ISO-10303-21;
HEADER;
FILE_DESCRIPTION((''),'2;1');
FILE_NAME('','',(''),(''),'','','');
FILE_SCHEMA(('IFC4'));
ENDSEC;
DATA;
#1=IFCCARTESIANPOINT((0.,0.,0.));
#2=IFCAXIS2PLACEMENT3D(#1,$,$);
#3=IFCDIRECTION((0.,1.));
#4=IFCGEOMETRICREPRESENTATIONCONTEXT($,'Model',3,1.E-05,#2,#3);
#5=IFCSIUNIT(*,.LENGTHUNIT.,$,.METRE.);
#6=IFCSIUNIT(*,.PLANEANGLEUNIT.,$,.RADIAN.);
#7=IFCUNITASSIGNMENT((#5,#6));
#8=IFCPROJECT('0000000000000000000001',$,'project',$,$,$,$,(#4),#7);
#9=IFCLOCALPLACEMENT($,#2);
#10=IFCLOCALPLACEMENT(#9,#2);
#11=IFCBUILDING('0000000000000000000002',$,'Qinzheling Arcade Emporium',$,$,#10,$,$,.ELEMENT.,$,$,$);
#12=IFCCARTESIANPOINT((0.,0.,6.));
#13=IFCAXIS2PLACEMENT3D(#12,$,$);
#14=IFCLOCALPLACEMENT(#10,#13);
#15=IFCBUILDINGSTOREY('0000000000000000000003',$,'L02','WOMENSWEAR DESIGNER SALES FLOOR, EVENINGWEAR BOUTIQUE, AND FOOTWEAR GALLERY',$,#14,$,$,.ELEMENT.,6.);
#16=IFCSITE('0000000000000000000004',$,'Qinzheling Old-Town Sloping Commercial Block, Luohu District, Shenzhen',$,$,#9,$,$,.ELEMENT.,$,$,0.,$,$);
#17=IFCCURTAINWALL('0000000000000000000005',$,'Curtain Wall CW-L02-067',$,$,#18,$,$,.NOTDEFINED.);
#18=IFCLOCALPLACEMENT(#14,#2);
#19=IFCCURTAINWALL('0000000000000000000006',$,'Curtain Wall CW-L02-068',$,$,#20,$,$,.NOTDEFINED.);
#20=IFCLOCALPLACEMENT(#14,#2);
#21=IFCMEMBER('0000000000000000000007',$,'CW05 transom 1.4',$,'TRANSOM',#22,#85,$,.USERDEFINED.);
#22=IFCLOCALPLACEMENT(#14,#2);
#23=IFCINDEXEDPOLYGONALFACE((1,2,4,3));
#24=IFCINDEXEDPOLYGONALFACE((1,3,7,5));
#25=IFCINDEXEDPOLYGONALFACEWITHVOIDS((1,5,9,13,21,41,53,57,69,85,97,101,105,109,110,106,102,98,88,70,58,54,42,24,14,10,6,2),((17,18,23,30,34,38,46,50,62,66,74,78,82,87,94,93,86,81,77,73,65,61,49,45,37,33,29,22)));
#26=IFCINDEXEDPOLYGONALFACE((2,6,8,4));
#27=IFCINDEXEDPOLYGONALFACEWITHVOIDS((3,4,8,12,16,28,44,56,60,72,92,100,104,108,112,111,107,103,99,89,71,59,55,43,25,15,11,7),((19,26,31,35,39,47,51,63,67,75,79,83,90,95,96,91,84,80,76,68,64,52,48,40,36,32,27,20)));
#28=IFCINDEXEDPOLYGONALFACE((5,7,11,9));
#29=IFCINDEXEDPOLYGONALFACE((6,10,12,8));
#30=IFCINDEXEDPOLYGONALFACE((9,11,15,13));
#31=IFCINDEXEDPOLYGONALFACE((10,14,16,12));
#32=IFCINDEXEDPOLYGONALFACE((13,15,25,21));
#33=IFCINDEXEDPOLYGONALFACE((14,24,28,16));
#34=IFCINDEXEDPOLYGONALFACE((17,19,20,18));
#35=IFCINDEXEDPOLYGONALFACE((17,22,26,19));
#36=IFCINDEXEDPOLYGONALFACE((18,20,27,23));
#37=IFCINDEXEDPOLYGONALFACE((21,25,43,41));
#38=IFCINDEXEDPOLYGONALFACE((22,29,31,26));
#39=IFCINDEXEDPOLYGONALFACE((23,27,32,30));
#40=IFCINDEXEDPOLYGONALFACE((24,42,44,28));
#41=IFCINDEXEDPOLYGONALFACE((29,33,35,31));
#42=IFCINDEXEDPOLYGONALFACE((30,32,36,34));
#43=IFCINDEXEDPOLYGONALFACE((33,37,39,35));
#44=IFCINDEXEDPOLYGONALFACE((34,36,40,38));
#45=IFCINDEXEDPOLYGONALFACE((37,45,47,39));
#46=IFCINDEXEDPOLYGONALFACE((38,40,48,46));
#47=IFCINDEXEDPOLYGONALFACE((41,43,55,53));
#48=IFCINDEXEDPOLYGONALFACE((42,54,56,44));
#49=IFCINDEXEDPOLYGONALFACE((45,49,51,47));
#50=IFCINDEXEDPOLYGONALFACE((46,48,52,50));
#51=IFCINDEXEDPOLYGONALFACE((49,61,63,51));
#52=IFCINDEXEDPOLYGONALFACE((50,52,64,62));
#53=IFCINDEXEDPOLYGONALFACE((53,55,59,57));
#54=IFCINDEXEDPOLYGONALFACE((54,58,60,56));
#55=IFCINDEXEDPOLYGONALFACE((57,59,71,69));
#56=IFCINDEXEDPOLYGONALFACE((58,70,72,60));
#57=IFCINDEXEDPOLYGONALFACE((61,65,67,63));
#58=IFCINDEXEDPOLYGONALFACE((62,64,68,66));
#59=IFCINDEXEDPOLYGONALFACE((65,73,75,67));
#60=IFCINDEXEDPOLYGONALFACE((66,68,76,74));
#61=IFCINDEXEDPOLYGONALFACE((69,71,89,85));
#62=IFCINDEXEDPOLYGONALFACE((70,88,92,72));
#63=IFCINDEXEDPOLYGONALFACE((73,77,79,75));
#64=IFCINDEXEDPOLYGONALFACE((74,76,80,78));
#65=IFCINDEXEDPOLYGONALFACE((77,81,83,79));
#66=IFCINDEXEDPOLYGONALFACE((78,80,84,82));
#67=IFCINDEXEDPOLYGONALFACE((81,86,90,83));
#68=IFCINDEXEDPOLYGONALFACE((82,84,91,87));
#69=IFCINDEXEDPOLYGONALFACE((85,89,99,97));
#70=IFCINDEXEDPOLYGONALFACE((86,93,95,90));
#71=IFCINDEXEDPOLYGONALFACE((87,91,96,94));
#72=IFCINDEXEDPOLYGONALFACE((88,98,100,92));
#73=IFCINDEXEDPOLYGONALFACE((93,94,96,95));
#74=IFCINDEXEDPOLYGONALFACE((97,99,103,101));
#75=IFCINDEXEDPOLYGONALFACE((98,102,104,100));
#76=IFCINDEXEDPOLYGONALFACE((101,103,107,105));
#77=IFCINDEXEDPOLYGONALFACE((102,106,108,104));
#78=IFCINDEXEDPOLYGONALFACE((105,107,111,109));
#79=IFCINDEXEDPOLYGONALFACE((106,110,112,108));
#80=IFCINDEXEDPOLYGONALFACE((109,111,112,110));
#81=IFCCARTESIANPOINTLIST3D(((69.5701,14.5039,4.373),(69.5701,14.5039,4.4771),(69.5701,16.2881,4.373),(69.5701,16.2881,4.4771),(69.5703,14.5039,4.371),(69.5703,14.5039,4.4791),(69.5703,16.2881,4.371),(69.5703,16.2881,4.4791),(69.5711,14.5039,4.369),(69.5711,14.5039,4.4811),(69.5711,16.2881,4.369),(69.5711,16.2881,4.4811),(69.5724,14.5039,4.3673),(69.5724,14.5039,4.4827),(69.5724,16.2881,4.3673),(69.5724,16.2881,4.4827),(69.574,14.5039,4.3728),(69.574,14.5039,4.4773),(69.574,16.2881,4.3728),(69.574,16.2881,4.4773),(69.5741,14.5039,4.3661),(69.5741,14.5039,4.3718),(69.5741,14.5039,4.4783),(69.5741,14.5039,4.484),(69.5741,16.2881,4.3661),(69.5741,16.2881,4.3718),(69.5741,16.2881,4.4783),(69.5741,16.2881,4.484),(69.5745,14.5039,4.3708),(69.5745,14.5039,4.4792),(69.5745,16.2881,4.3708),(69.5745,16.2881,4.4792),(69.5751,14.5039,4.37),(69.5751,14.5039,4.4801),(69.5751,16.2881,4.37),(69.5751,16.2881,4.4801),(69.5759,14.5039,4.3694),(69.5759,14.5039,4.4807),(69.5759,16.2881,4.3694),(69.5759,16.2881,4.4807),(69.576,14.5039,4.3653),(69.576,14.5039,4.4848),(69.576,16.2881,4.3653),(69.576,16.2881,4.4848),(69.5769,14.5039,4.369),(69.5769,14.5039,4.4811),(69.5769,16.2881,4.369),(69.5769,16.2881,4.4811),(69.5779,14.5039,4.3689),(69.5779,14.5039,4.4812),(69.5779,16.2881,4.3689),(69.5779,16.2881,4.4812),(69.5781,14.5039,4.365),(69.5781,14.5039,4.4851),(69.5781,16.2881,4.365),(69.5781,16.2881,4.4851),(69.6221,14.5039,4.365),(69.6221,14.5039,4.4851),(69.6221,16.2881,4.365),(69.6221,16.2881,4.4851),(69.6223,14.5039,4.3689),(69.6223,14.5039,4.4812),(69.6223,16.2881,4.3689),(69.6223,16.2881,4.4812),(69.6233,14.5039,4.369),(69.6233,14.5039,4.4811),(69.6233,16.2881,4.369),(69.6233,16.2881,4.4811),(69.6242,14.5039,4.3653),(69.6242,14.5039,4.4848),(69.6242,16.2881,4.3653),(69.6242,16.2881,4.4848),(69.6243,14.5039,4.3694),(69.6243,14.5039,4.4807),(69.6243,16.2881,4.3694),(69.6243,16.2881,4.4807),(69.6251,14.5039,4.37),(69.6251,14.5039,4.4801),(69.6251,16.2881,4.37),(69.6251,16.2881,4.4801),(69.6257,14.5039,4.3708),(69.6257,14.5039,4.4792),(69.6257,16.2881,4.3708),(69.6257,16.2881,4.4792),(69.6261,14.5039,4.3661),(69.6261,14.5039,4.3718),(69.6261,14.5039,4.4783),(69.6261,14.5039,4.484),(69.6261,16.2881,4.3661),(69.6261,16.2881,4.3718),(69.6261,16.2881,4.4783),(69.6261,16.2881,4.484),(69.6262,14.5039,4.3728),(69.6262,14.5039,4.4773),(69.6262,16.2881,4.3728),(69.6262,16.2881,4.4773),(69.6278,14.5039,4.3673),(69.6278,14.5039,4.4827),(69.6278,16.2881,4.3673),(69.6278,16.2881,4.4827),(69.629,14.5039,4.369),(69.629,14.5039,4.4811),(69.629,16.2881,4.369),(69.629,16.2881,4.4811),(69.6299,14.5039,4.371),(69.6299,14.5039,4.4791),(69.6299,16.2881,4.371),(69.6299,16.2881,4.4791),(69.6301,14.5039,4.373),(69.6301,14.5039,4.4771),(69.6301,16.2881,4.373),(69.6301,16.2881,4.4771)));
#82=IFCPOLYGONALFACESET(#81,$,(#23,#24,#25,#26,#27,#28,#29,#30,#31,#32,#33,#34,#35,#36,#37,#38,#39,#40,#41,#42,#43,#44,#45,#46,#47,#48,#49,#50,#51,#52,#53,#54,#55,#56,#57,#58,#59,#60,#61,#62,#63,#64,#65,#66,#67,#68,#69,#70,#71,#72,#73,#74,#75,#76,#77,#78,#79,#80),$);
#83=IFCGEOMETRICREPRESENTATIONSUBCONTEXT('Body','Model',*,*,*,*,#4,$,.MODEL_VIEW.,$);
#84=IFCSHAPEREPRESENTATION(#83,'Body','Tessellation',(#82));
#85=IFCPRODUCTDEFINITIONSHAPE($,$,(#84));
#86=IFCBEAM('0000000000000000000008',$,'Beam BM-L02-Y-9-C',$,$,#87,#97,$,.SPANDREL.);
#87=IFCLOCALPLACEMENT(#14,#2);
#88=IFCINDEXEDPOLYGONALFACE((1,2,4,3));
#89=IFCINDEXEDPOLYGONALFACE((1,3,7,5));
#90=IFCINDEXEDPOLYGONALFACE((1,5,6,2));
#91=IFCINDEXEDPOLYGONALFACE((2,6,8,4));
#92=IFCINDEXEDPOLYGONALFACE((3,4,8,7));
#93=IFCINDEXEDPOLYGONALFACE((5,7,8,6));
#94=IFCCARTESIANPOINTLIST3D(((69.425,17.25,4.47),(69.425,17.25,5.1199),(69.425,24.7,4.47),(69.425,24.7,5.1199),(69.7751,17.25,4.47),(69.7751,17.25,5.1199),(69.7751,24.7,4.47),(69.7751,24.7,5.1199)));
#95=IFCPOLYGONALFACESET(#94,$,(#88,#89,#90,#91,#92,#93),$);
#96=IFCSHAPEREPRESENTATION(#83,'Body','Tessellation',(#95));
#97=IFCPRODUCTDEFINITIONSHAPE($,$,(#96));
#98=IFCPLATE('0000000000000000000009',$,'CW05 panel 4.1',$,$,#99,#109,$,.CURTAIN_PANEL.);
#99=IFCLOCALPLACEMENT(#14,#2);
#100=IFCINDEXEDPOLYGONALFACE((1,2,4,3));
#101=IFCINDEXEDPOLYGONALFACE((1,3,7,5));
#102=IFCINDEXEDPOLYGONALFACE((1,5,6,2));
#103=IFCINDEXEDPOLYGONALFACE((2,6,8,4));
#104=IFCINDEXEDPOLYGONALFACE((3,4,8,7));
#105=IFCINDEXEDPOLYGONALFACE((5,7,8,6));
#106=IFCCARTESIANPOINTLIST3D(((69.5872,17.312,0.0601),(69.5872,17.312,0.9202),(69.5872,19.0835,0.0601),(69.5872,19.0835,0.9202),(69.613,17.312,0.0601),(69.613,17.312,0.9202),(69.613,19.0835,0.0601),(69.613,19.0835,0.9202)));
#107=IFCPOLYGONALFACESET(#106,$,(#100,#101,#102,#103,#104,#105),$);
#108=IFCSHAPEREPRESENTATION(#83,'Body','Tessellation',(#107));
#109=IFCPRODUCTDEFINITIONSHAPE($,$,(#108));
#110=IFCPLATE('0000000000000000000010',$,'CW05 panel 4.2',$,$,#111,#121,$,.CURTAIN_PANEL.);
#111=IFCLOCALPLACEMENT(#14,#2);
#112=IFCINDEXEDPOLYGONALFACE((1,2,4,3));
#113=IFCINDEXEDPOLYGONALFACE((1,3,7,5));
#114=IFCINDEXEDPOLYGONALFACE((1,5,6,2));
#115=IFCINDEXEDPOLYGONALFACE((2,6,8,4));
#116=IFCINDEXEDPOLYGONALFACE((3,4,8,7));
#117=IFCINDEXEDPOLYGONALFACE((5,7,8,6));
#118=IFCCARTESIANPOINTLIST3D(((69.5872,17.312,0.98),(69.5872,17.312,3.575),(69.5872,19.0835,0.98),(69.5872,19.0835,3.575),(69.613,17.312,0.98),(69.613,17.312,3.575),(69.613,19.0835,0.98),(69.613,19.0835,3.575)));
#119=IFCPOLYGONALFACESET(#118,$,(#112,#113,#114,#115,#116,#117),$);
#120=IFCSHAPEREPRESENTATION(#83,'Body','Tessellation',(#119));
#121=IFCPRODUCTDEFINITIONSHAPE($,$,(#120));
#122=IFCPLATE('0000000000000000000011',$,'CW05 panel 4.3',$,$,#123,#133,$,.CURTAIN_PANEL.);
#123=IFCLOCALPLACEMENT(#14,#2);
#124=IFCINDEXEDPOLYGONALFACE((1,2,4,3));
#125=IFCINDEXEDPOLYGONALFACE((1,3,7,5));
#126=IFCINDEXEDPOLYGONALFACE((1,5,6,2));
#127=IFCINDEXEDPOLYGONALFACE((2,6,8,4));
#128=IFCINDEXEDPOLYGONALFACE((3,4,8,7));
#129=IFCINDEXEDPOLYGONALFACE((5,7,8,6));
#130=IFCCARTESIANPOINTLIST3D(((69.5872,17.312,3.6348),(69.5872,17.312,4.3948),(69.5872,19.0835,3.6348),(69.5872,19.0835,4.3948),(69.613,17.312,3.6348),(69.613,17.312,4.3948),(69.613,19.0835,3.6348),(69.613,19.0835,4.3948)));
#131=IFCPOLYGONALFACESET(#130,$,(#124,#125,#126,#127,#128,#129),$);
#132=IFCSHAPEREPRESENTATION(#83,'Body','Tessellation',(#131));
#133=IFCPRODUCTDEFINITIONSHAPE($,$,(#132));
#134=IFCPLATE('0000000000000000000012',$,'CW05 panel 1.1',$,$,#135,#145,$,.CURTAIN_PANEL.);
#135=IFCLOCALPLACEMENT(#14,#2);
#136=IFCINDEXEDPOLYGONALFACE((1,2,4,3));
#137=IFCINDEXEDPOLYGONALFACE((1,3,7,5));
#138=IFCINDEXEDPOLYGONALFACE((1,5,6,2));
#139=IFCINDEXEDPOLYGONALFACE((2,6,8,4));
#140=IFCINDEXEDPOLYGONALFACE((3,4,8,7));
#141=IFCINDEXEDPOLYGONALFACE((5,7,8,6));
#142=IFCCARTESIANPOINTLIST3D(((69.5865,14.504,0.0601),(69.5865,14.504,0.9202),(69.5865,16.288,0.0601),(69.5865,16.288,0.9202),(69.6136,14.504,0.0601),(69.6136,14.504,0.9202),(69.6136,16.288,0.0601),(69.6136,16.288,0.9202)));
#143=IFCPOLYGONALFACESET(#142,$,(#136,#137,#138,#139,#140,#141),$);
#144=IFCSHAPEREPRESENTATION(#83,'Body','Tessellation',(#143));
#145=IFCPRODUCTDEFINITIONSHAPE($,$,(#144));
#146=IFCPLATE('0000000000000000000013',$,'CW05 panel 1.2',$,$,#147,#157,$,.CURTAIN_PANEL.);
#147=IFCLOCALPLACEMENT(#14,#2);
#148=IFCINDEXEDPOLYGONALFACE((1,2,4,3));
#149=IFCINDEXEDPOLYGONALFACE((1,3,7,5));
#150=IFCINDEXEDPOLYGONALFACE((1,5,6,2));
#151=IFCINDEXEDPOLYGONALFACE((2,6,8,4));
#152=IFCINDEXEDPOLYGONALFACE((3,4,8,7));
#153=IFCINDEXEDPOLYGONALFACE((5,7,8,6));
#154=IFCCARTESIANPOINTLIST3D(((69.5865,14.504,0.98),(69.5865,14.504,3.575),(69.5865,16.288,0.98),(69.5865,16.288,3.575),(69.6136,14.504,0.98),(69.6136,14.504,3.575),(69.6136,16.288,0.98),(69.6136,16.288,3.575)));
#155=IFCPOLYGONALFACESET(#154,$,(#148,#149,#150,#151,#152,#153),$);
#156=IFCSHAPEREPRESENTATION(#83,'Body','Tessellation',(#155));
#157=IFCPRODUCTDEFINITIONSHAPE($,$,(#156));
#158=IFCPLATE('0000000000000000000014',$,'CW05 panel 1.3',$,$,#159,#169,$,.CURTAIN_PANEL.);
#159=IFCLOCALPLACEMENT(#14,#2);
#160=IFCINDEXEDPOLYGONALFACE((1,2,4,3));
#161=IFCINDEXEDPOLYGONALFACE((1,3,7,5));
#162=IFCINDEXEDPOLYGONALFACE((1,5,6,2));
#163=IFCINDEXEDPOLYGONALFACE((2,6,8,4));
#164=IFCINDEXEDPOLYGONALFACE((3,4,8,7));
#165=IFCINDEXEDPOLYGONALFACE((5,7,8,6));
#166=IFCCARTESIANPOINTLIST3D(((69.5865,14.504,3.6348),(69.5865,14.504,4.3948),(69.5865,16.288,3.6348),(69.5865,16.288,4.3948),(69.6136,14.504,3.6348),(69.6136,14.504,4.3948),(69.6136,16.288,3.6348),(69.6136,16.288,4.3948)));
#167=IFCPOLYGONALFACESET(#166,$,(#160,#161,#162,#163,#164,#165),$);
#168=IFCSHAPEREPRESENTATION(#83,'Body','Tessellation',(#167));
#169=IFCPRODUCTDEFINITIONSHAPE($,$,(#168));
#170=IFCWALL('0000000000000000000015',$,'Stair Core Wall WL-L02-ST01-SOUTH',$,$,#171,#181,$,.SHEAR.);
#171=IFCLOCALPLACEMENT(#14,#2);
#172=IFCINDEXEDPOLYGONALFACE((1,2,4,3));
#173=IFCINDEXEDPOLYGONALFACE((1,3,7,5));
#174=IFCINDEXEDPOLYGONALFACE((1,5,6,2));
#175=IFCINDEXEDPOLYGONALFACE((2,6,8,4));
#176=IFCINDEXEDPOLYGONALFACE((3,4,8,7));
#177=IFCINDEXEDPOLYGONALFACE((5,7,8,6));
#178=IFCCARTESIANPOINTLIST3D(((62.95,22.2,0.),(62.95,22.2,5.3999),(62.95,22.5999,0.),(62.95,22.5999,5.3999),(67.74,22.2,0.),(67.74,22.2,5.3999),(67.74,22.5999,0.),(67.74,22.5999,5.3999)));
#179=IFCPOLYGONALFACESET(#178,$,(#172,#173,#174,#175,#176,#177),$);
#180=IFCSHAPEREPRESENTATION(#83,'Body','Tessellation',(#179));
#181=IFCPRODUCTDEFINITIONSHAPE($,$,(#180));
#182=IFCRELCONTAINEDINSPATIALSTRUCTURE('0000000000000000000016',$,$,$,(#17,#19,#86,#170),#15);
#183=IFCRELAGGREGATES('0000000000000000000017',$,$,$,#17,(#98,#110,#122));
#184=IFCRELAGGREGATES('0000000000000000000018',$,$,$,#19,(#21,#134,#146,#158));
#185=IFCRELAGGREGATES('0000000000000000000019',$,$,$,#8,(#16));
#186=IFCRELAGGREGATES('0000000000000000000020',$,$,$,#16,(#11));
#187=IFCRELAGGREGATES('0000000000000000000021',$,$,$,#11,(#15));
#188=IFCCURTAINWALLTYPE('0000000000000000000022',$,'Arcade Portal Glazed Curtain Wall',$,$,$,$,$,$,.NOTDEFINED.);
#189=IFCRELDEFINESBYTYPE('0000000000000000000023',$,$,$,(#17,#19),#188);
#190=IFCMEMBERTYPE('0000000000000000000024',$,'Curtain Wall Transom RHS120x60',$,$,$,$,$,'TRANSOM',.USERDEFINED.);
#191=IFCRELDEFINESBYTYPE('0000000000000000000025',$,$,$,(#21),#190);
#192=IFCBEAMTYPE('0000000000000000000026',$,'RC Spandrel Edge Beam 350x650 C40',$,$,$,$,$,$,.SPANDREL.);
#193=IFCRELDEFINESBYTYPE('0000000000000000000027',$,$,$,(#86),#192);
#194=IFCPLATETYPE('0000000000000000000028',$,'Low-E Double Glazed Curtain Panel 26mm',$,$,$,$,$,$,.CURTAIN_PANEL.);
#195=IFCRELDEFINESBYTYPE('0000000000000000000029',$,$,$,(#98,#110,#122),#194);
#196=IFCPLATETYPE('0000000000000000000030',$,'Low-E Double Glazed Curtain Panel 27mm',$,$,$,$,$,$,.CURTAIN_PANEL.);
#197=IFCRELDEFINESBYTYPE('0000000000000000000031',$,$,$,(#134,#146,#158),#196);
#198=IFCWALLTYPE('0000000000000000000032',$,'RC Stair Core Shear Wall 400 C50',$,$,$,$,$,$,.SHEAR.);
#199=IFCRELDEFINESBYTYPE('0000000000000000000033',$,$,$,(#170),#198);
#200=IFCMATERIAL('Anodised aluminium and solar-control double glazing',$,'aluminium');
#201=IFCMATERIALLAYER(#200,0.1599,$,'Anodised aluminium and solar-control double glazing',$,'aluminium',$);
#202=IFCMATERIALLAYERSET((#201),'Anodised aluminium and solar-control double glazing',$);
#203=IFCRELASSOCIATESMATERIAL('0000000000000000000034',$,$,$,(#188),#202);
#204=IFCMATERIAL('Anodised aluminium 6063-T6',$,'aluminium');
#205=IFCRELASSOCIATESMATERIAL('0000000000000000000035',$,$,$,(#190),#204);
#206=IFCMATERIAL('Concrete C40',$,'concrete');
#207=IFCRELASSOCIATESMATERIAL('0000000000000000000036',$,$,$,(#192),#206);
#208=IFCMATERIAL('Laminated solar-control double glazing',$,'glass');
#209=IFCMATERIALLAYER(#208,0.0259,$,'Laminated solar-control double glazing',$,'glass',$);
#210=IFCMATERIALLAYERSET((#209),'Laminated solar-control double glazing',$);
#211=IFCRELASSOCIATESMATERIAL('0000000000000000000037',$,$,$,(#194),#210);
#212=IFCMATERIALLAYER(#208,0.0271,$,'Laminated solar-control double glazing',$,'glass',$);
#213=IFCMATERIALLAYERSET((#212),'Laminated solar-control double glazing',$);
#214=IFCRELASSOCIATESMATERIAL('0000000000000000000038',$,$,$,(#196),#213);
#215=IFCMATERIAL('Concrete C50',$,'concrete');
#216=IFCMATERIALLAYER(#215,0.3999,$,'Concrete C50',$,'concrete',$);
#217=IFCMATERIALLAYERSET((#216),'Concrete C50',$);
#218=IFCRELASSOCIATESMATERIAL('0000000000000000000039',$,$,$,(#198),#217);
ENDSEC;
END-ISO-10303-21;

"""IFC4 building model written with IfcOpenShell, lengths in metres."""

from ifc_helpers import new_model, si_unit, direction, frame, frame_2d, origin, origin_2d, place, context, subcontext, project, spatial, rectangle, hollow_rectangle, extrude, material, layer, layer_set, material_profile, profile_set, type_object, element, aggregate, save


model = new_model("IFC4")

# Units and contexts
model_context = context("Model", 3, precision=1e-05, world=origin(), true_north=direction((0.0, 1.0)))
body_context = subcontext(model_context, "Body", "Model", "MODEL_VIEW")
ifc_project = project(units=[si_unit("LENGTHUNIT", "METRE"), si_unit("PLANEANGLEUNIT", "RADIAN")], contexts=[model_context])

# Site, building, storey
site_placement = place(None, origin())
site = spatial("IfcSite", under=ifc_project, at=site_placement, Name="Qinzheling Old-Town Sloping Commercial Block, Luohu District, Shenzhen", CompositionType="ELEMENT", RefElevation=0.0)
building_placement = place(site_placement, origin())
building = spatial("IfcBuilding", under=site, at=building_placement, Name="Qinzheling Arcade Emporium", CompositionType="ELEMENT")
storey_placement = place(building_placement, frame((0.0, 0.0, 6.0)))
storey = spatial("IfcBuildingStorey", under=building, at=storey_placement, Name="L02", Description="WOMENSWEAR DESIGNER SALES FLOOR, EVENINGWEAR BOUTIQUE, AND FOOTWEAR GALLERY", CompositionType="ELEMENT", Elevation=6.0)

# Shared definitions
ifc_material_1 = material(Name="Concrete C50", Category="concrete")

# Curtain wall
ifc_material_2 = material(Name="Anodised aluminium and solar-control double glazing", Category="aluminium")
ifc_layer_1 = layer(ifc_material_2, 0.1599, Name="Anodised aluminium and solar-control double glazing", Category="aluminium")
ifc_layer_set_1 = layer_set([ifc_layer_1], Name="Anodised aluminium and solar-control double glazing")
curtain_wall_type = type_object("IfcCurtainWallType", Name="Arcade Portal Glazed Curtain Wall", PredefinedType="NOTDEFINED", material=ifc_layer_set_1)
curtain_wall_1_placement = place(storey_placement, origin())
curtain_wall_1 = element("IfcCurtainWall", 1, at=curtain_wall_1_placement, inside=storey, type_object=curtain_wall_type, Name="Curtain Wall CW-L02-067", PredefinedType="NOTDEFINED")
ifc_material_3 = material(Name="Anodised aluminium 6063-T6", Category="aluminium")

# Curtain wall
curtain_wall_2_placement = place(storey_placement, origin())
curtain_wall_2 = element("IfcCurtainWall", 2, at=curtain_wall_2_placement, inside=storey, type_object=curtain_wall_type, Name="Curtain Wall CW-L02-068", PredefinedType="NOTDEFINED")

# Member
ifc_material_profile_1 = material_profile(ifc_material_3, hollow_rectangle(XDim=0.0601, YDim=0.1201, WallThickness=0.0039, InnerFilletRadius=0.0039, OuterFilletRadius=0.0081, at=origin_2d()), Name="RHS 120x60x4", Category="aluminium")
ifc_profile_set_1 = profile_set([ifc_material_profile_1], Name="Anodised aluminium 6063-T6")
member_type_1 = type_object("IfcMemberType", Name="Curtain Wall Transom RHS120x60", ElementType="TRANSOM", PredefinedType="USERDEFINED", material=ifc_profile_set_1)
member_1_placement = place(storey_placement, frame((69.6001, 16.2881, 4.425), z_axis=(0.0, -1.0, 0.0), x_axis=(1.0, 0.0, 0.0)))
member_1 = element("IfcMember", 3, at=member_1_placement, type_object=member_type_1, Name="CW05 transom 1.4", ObjectType="TRANSOM", PredefinedType="USERDEFINED", context=body_context, shape_type="SweptSolid", body=[
    extrude(hollow_rectangle(XDim=0.0601, YDim=0.1201, WallThickness=0.0039, InnerFilletRadius=0.0039, OuterFilletRadius=0.0081, at=origin_2d()), origin(), (0.0, 0.0, 1.0), 1.7842),
])

# Beam
ifc_material_4 = material(Name="Concrete C40", Category="concrete")
ifc_material_profile_2 = material_profile(ifc_material_4, rectangle(XDim=0.3501, YDim=0.6499, at=origin_2d()), Name="RC 350x650", Category="concrete")
ifc_profile_set_2 = profile_set([ifc_material_profile_2], Name="Concrete C40")
beam_type = type_object("IfcBeamType", Name="RC Spandrel Edge Beam 350x650 C40", PredefinedType="SPANDREL", material=ifc_profile_set_2)
beam_placement = place(storey_placement, frame((69.6001, 17.25, 4.7949), z_axis=(0.0, 1.0, 0.0), x_axis=(-1.0, 0.0, 0.0)))
element("IfcBeam", 4, at=beam_placement, inside=storey, type_object=beam_type, Name="Beam BM-L02-Y-9-C", PredefinedType="SPANDREL", context=body_context, shape_type="SweptSolid", body=[
    extrude(rectangle(XDim=0.3501, YDim=0.6499, at=origin_2d()), origin(), (0.0, 0.0, 1.0), 7.45),
])

# Plates
ifc_material_5 = material(Name="Laminated solar-control double glazing", Category="glass")
ifc_layer_2 = layer(ifc_material_5, 0.0259, Name="Laminated solar-control double glazing", Category="glass")
ifc_layer_set_2 = layer_set([ifc_layer_2], Name="Laminated solar-control double glazing")
plate_type_1 = type_object("IfcPlateType", Name="Low-E Double Glazed Curtain Panel 26mm", PredefinedType="CURTAIN_PANEL", material=ifc_layer_set_2)
plate_1_placement = place(storey_placement, frame((69.6001, 18.1978, 0.0601), z_axis=(0.0, 0.0, 1.0), x_axis=(0.0, -1.0, 0.0)))
plate_1 = element("IfcPlate", 5, at=plate_1_placement, type_object=plate_type_1, Name="CW05 panel 4.1", PredefinedType="CURTAIN_PANEL", context=body_context, shape_type="SweptSolid", body=[
    extrude(rectangle(XDim=1.7715, YDim=0.0259, at=origin_2d()), origin(), (0.0, 0.0, 1.0), 0.8601),
])
plate_2_placement = place(storey_placement, frame((69.6001, 18.1978, 0.98), z_axis=(0.0, 0.0, 1.0), x_axis=(0.0, -1.0, 0.0)))
plate_2 = element("IfcPlate", 6, at=plate_2_placement, type_object=plate_type_1, Name="CW05 panel 4.2", PredefinedType="CURTAIN_PANEL", context=body_context, shape_type="SweptSolid", body=[
    extrude(rectangle(XDim=1.7715, YDim=0.0259, at=origin_2d()), origin(), (0.0, 0.0, 1.0), 2.595),
])
plate_3_placement = place(storey_placement, frame((69.6001, 18.1978, 3.6348), z_axis=(0.0, 0.0, 1.0), x_axis=(0.0, -1.0, 0.0)))
plate_3 = element("IfcPlate", 7, at=plate_3_placement, type_object=plate_type_1, Name="CW05 panel 4.3", PredefinedType="CURTAIN_PANEL", context=body_context, shape_type="SweptSolid", body=[
    extrude(rectangle(XDim=1.7715, YDim=0.0259, at=origin_2d()), origin(), (0.0, 0.0, 1.0), 0.76),
])
aggregate(curtain_wall_1, [plate_1, plate_2, plate_3])
ifc_layer_3 = layer(ifc_material_5, 0.0271, Name="Laminated solar-control double glazing", Category="glass")
ifc_layer_set_3 = layer_set([ifc_layer_3], Name="Laminated solar-control double glazing")
plate_type_2 = type_object("IfcPlateType", Name="Low-E Double Glazed Curtain Panel 27mm", PredefinedType="CURTAIN_PANEL", material=ifc_layer_set_3)
plate_4_placement = place(storey_placement, frame((69.6001, 15.396, 0.0601), z_axis=(0.0, 0.0, 1.0), x_axis=(0.0, -1.0, 0.0)))
plate_4 = element("IfcPlate", 8, at=plate_4_placement, type_object=plate_type_2, Name="CW05 panel 1.1", PredefinedType="CURTAIN_PANEL", context=body_context, shape_type="SweptSolid", body=[
    extrude(rectangle(XDim=1.7839, YDim=0.0271, at=origin_2d()), origin(), (0.0, 0.0, 1.0), 0.8601),
])
plate_5_placement = place(storey_placement, frame((69.6001, 15.396, 0.98), z_axis=(0.0, 0.0, 1.0), x_axis=(0.0, -1.0, 0.0)))
plate_5 = element("IfcPlate", 9, at=plate_5_placement, type_object=plate_type_2, Name="CW05 panel 1.2", PredefinedType="CURTAIN_PANEL", context=body_context, shape_type="SweptSolid", body=[
    extrude(rectangle(XDim=1.7839, YDim=0.0271, at=origin_2d()), origin(), (0.0, 0.0, 1.0), 2.595),
])
plate_6_placement = place(storey_placement, frame((69.6001, 15.396, 3.6348), z_axis=(0.0, 0.0, 1.0), x_axis=(0.0, -1.0, 0.0)))
plate_6 = element("IfcPlate", 10, at=plate_6_placement, type_object=plate_type_2, Name="CW05 panel 1.3", PredefinedType="CURTAIN_PANEL", context=body_context, shape_type="SweptSolid", body=[
    extrude(rectangle(XDim=1.7839, YDim=0.0271, at=origin_2d()), origin(), (0.0, 0.0, 1.0), 0.76),
])
aggregate(curtain_wall_2, [member_1, plate_4, plate_5, plate_6])

# Wall
ifc_layer_4 = layer(ifc_material_1, 0.3999, Name="Concrete C50", Category="concrete")
ifc_layer_set_4 = layer_set([ifc_layer_4], Name="Concrete C50")
wall_type = type_object("IfcWallType", Name="RC Stair Core Shear Wall 400 C50", PredefinedType="SHEAR", material=ifc_layer_set_4)
wall_placement = place(storey_placement, frame((67.74, 22.3999, 0.0), z_axis=(0.0, 0.0, 1.0), x_axis=(-1.0, 0.0, 0.0)))
element("IfcWall", 11, at=wall_placement, inside=storey, type_object=wall_type, Name="Stair Core Wall WL-L02-ST01-SOUTH", PredefinedType="SHEAR", context=body_context, shape_type="SweptSolid", body=[
    extrude(rectangle(XDim=4.79, YDim=0.3999, at=frame_2d((2.395, 0.0))), origin(), (0.0, 0.0, 1.0), 5.3999),
])

save(model, "model.ifc")
